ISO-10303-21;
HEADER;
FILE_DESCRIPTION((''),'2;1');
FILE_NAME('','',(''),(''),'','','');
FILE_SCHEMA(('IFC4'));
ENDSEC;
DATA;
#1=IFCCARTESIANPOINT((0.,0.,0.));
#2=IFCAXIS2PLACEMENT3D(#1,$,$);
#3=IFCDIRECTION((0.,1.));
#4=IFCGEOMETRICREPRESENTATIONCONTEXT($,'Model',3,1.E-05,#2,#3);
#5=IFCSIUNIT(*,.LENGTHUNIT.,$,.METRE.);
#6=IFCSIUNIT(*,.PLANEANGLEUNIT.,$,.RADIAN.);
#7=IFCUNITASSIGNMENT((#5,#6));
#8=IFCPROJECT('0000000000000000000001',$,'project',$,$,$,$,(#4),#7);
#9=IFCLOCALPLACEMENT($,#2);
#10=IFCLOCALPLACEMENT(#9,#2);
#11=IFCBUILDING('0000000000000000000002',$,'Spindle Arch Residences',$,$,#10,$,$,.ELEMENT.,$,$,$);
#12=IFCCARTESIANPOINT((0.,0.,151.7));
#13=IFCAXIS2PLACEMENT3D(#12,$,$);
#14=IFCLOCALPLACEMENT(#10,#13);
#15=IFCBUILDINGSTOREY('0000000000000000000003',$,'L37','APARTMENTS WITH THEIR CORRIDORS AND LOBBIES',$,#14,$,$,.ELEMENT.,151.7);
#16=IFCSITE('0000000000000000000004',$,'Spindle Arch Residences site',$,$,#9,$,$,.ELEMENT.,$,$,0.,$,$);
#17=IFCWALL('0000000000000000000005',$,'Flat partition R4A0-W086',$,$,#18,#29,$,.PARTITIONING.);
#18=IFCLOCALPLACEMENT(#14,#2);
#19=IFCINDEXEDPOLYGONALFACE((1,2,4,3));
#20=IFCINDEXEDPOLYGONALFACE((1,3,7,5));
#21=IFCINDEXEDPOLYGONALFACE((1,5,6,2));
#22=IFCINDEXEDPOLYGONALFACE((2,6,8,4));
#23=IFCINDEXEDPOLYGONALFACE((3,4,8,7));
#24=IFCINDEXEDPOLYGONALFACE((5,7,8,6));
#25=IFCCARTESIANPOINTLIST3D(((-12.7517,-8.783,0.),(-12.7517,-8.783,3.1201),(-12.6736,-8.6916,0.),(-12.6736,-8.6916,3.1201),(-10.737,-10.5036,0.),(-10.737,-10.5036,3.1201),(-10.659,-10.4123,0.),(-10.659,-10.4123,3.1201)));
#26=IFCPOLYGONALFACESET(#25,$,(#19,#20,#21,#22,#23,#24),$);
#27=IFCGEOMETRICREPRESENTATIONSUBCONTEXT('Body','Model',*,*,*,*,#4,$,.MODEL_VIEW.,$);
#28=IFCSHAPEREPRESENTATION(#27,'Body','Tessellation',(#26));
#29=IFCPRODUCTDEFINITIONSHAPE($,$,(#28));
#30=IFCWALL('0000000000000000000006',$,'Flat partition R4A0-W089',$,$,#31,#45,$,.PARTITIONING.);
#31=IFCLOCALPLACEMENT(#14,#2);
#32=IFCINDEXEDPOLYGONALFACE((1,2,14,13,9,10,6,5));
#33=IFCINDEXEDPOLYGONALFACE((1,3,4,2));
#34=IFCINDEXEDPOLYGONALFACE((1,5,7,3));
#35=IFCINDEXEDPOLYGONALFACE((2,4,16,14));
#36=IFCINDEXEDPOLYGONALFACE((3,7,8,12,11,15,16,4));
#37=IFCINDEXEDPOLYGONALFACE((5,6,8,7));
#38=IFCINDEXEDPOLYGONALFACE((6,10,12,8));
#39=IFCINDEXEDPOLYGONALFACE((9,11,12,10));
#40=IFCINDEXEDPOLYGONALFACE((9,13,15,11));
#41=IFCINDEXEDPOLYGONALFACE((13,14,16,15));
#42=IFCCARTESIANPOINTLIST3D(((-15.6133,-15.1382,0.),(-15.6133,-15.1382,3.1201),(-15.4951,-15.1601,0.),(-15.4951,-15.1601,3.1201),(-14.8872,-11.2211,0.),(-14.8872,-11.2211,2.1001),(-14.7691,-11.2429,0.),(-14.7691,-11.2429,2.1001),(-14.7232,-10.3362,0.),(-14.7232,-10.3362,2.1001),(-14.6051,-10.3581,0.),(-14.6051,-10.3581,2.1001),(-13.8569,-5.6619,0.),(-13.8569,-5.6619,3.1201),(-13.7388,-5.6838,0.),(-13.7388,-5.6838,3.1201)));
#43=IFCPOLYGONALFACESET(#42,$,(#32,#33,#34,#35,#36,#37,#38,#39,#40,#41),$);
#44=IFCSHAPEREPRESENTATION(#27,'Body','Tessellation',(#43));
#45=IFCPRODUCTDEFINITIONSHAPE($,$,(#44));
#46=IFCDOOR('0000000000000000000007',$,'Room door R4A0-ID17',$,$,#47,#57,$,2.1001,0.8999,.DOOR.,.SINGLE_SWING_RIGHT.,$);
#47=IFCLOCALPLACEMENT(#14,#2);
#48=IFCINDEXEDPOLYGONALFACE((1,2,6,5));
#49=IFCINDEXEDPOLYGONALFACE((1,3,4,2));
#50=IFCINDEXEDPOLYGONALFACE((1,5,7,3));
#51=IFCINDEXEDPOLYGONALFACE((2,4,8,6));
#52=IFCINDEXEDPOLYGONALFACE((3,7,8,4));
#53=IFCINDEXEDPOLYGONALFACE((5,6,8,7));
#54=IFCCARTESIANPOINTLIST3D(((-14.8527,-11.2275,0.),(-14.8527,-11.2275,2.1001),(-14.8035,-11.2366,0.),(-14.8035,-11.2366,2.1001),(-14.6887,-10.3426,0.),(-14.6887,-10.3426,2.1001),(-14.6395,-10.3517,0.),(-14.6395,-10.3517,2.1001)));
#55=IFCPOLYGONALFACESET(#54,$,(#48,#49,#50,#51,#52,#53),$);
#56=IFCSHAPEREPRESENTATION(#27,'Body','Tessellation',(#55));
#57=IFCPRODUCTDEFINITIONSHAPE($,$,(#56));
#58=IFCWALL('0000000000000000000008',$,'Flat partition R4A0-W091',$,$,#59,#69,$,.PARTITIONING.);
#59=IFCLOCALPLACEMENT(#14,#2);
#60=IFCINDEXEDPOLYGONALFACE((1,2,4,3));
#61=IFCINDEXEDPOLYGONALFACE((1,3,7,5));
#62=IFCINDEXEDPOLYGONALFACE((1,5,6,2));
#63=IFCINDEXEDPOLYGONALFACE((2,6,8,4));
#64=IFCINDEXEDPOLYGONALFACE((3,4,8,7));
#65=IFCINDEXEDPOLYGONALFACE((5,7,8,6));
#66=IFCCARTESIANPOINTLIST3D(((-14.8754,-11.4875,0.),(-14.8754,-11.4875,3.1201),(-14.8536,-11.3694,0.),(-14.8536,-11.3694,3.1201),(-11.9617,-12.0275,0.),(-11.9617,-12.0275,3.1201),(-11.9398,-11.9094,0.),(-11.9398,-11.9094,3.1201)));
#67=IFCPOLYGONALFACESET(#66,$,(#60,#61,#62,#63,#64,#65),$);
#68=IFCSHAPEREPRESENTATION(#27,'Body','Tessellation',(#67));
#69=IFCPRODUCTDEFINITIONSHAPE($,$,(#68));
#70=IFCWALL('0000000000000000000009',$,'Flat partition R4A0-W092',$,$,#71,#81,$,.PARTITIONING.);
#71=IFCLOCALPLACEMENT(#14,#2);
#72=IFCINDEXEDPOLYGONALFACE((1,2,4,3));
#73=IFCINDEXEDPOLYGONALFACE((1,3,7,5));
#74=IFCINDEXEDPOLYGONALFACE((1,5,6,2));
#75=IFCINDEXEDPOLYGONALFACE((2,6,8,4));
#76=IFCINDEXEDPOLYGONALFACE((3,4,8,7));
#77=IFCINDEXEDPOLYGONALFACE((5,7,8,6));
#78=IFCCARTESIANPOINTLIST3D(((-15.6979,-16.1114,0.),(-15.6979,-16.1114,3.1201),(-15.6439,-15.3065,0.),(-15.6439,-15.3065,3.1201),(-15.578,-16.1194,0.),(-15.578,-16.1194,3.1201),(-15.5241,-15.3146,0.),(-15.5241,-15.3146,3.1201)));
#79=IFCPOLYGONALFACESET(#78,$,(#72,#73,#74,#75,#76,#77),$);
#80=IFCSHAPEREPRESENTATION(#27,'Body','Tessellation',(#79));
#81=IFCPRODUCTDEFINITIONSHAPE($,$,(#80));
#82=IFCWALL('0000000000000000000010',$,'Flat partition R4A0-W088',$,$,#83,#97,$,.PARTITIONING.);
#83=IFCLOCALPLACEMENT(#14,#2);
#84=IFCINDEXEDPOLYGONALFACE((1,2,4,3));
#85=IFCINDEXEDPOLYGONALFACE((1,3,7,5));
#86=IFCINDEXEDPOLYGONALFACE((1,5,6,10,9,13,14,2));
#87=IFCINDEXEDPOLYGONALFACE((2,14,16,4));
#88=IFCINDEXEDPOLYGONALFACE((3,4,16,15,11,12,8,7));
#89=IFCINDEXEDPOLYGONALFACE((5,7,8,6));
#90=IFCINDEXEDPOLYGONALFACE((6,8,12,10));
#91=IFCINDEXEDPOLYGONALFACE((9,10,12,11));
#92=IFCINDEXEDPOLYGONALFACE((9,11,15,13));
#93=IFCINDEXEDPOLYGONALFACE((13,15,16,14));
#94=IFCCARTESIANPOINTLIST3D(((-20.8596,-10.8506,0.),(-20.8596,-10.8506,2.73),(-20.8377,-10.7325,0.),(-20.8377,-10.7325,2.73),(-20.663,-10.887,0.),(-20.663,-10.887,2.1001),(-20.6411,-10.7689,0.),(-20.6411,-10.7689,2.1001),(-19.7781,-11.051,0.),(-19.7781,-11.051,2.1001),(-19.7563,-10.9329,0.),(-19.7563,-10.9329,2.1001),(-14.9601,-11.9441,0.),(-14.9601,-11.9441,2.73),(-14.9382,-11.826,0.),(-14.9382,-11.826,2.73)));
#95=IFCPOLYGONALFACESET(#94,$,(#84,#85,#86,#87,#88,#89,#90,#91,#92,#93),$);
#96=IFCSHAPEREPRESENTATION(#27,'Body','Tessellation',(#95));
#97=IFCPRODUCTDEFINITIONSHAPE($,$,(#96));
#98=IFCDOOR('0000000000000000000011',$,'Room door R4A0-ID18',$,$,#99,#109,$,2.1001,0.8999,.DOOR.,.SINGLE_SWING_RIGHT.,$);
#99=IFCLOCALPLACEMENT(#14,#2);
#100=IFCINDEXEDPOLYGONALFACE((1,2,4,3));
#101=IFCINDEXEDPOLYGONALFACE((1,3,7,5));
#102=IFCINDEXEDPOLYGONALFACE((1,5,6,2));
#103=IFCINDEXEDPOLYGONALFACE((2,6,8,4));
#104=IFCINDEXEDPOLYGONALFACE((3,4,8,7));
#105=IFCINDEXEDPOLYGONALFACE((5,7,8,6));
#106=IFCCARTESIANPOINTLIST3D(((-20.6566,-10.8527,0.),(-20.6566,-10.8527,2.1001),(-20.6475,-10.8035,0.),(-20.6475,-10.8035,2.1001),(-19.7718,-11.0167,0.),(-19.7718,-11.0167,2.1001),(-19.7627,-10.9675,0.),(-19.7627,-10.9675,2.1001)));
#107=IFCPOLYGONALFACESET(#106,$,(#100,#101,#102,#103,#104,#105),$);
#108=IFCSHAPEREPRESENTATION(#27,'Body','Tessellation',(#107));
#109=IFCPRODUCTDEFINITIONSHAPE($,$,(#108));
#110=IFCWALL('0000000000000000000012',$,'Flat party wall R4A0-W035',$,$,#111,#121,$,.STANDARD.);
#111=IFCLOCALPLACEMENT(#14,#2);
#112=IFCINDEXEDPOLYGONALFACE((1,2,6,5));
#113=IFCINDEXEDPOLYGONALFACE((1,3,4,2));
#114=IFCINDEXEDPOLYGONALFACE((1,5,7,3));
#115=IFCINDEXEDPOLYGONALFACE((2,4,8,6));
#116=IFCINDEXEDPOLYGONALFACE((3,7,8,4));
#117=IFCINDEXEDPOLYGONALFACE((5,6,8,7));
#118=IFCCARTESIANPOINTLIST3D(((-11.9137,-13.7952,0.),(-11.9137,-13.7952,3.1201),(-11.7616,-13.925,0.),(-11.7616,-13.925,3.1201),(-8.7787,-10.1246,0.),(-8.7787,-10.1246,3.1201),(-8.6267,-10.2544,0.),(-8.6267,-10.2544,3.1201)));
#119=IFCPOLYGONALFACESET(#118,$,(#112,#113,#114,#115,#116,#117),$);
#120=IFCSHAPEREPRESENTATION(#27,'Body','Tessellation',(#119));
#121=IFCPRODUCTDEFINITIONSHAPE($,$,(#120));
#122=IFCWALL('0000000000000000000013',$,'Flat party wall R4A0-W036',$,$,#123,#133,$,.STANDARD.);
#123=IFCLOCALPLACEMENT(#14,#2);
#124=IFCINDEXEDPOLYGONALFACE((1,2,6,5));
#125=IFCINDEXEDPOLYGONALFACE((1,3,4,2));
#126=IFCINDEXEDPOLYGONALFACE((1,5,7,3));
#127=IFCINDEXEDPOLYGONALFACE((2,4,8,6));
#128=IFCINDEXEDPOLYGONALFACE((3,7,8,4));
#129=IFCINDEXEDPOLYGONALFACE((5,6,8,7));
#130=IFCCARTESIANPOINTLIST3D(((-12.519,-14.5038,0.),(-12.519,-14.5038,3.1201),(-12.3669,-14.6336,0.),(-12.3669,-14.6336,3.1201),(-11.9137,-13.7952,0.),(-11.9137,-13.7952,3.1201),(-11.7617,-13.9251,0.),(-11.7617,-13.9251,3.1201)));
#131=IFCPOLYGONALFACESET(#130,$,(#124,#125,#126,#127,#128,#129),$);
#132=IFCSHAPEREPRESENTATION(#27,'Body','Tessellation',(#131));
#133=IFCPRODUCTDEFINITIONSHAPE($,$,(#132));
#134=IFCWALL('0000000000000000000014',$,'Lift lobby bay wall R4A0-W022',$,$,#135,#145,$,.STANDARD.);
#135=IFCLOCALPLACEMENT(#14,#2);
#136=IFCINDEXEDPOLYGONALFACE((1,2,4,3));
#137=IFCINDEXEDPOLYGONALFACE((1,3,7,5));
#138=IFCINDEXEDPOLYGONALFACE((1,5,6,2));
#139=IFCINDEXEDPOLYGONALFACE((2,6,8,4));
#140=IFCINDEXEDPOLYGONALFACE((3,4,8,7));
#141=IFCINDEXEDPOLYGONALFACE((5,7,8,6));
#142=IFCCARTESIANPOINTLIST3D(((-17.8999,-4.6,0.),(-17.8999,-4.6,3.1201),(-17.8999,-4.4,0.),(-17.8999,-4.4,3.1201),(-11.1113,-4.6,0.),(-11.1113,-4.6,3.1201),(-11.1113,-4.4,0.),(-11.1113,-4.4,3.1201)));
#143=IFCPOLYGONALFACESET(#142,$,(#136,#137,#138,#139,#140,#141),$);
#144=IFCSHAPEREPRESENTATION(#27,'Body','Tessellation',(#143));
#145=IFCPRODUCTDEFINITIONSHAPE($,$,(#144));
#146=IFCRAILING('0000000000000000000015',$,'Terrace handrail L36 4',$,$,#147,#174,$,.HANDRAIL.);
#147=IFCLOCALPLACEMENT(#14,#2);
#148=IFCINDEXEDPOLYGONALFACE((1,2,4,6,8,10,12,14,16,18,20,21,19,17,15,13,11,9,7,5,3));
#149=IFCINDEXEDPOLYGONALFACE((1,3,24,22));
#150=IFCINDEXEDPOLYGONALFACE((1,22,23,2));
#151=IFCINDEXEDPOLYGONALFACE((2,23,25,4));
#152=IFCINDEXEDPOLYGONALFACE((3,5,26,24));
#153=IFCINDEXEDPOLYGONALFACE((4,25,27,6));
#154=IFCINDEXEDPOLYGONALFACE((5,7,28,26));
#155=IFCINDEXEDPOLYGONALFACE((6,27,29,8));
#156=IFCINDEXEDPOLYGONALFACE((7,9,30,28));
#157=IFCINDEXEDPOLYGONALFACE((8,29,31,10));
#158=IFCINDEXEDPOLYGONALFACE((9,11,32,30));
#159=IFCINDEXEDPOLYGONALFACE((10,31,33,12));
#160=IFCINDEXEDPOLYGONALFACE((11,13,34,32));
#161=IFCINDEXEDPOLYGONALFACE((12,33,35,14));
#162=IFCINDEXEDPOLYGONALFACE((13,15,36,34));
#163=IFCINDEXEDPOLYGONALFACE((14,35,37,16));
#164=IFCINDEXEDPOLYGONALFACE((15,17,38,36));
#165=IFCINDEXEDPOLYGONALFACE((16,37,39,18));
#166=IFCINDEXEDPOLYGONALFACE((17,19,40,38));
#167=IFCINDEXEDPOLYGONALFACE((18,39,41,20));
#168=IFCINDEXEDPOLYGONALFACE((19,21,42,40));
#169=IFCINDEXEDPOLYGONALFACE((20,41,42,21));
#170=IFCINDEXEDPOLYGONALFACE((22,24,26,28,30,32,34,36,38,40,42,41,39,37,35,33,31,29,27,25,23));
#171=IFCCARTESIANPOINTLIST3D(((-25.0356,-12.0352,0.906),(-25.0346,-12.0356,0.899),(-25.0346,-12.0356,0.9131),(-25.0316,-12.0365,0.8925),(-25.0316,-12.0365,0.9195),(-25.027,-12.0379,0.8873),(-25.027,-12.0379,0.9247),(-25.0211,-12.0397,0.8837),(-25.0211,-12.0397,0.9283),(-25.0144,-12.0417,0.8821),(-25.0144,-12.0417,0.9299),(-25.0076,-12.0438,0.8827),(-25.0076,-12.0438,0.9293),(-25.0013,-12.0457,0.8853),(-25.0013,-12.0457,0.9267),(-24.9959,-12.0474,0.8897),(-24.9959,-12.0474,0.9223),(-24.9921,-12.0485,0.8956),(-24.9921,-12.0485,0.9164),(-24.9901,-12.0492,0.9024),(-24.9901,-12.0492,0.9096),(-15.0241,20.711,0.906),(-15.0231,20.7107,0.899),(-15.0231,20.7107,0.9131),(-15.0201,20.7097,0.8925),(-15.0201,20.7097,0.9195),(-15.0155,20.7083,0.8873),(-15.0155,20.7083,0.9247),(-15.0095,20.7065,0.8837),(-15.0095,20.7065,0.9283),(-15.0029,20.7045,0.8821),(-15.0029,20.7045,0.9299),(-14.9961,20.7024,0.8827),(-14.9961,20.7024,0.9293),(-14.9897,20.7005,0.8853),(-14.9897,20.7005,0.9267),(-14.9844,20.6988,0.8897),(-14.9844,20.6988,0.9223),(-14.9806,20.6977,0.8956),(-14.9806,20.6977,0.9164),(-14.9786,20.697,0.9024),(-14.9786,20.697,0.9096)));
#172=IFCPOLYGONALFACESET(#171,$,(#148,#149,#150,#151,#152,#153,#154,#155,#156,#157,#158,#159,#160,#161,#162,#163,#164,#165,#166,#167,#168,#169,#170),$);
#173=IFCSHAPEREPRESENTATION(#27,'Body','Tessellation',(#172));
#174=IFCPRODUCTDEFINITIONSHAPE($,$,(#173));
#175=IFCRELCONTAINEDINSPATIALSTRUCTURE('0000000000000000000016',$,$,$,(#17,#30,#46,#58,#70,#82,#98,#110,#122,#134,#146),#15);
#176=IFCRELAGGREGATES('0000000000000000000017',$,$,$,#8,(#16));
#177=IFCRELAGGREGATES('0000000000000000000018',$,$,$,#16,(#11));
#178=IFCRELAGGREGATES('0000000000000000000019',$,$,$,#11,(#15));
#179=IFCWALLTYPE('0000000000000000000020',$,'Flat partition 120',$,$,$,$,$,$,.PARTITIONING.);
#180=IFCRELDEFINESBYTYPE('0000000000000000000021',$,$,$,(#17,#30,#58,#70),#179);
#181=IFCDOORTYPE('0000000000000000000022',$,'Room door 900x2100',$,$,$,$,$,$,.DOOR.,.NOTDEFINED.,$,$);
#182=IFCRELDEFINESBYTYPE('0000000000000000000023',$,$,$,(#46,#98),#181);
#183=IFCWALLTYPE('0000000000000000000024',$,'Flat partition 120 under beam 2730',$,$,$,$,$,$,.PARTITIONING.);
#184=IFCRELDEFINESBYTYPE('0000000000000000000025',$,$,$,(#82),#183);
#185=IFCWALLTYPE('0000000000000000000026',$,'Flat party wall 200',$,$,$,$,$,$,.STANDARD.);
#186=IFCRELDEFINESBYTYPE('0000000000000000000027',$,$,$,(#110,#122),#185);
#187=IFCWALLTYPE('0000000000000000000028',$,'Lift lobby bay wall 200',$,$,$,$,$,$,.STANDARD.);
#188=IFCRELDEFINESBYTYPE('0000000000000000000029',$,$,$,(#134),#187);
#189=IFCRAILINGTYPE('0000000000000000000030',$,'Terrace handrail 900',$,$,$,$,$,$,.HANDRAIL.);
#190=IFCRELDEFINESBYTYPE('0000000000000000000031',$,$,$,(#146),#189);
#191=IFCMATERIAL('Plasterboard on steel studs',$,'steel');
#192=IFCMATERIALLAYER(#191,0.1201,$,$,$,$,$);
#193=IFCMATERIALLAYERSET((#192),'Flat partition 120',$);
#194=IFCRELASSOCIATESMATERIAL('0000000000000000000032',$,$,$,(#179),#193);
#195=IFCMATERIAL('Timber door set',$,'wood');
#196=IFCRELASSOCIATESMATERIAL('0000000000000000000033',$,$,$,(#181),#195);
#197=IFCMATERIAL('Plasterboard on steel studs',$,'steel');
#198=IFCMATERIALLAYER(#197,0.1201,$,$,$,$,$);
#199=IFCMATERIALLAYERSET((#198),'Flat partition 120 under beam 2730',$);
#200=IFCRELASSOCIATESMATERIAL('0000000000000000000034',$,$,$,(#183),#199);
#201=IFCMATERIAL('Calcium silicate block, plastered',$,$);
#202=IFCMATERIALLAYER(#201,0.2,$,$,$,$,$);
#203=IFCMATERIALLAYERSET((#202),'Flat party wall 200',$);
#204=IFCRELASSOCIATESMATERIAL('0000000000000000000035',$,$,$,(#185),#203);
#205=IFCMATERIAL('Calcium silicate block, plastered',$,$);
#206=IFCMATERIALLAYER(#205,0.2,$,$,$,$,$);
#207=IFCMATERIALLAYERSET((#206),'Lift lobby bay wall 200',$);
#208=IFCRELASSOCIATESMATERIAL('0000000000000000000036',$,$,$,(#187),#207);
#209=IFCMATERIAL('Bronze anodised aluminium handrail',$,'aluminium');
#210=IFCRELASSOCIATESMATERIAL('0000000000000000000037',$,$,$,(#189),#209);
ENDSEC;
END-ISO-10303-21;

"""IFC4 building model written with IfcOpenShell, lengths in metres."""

from ifc_helpers import new_model, si_unit, direction, frame, frame_2d, origin, origin_2d, place, context, subcontext, project, spatial, rectangle, circle, extrude, material, layer, layer_set, type_object, element, fill, save


model = new_model("IFC4")

# Units and contexts
model_context = context("Model", 3, precision=1e-05, world=origin(), true_north=direction((0.0, 1.0)))
body_context = subcontext(model_context, "Body", "Model", "MODEL_VIEW")
ifc_project = project(units=[si_unit("LENGTHUNIT", "METRE"), si_unit("PLANEANGLEUNIT", "RADIAN")], contexts=[model_context])

# Site, building, storey
site_placement = place(None, origin())
site = spatial("IfcSite", under=ifc_project, at=site_placement, Name="Spindle Arch Residences site", CompositionType="ELEMENT", RefElevation=0.0)
building_placement = place(site_placement, origin())
building = spatial("IfcBuilding", under=site, at=building_placement, Name="Spindle Arch Residences", CompositionType="ELEMENT")
storey_placement = place(building_placement, frame((0.0, 0.0, 151.7)))
storey = spatial("IfcBuildingStorey", under=building, at=storey_placement, Name="L37", Description="APARTMENTS WITH THEIR CORRIDORS AND LOBBIES", CompositionType="ELEMENT", Elevation=151.7)

# Shared definitions
ifc_material_1 = material(Name="Plasterboard on steel studs", Category="steel")
ifc_layer_1 = layer(ifc_material_1, 0.1201)
ifc_layer_set_1 = layer_set([ifc_layer_1], Name="Flat partition 120")
wall_type_1 = type_object("IfcWallType", Name="Flat partition 120", PredefinedType="PARTITIONING", material=ifc_layer_set_1)
ifc_material_2 = material(Name="Timber door set", Category="wood")
door_type = type_object("IfcDoorType", Name="Room door 900x2100", OperationType="NOTDEFINED", PredefinedType="DOOR", material=ifc_material_2)

# Wall
wall_1_placement = place(storey_placement, frame((-12.7126, -8.7373, 0.0), z_axis=(0.0, 0.0, 1.0), x_axis=(0.7604, -0.649455, 0.0)))
element("IfcWall", 1, at=wall_1_placement, inside=storey, type_object=wall_type_1, Name="Flat partition R4A0-W086", PredefinedType="PARTITIONING", context=body_context, shape_type="SweptSolid", body=[
    extrude(rectangle(XDim=2.6494, YDim=0.1201, at=frame_2d((1.3247, 0.0))), origin(), (0.0, 0.0, 1.0), 3.1201),
])

# Wall, opening, door
wall_2_placement = place(storey_placement, frame((-15.5542, -15.1492, 0.0), z_axis=(0.0, 0.0, 1.0), x_axis=(0.182237, 0.983255, 0.0)))
wall_2 = element("IfcWall", 2, at=wall_2_placement, inside=storey, type_object=wall_type_1, Name="Flat partition R4A0-W089", PredefinedType="PARTITIONING", context=body_context, shape_type="SweptSolid", body=[
    extrude(rectangle(XDim=9.6377, YDim=0.1201, at=frame_2d((4.8188, 0.0))), origin(), (0.0, 0.0, 1.0), 3.1201),
])
opening_1_placement = place(wall_2_placement, frame((3.9839, 0.0, 0.0)))
opening_1 = element("IfcOpeningElement", 3, at=opening_1_placement, cuts=wall_2, PredefinedType="OPENING", context=body_context, shape_type="SweptSolid", body=[
    extrude(rectangle(XDim=0.8999, YDim=2.1001, at=frame_2d((0.45, 1.05))), frame((0.0, 0.0701, 0.0), z_axis=(0.0, -1.0, 0.0), x_axis=(1.0, 0.0, 0.0)), (0.0, 0.0, 1.0), 0.1401),
])
door_1_placement = place(opening_1_placement, origin())
door_1 = element("IfcDoor", 4, at=door_1_placement, inside=storey, type_object=door_type, Name="Room door R4A0-ID17", OperationType="SINGLE_SWING_RIGHT", OverallHeight=2.1001, OverallWidth=0.8999, PredefinedType="DOOR", context=body_context, shape_type="SweptSolid", body=[
    extrude(rectangle(XDim=0.8999, YDim=2.1001, at=frame_2d((0.45, 1.05))), frame((0.0, 0.0249, 0.0), z_axis=(0.0, -1.0, 0.0), x_axis=(1.0, 0.0, 0.0)), (0.0, 0.0, 1.0), 0.05),
])
fill(opening_1, door_1)

# Walls
wall_3_placement = place(storey_placement, frame((-14.8645, -11.4285, 0.0), z_axis=(0.0, 0.0, 1.0), x_axis=(0.983255, -0.182234, 0.0)))
element("IfcWall", 5, at=wall_3_placement, inside=storey, type_object=wall_type_1, Name="Flat partition R4A0-W091", PredefinedType="PARTITIONING", context=body_context, shape_type="SweptSolid", body=[
    extrude(rectangle(XDim=2.9634, YDim=0.1201, at=frame_2d((1.4817, 0.0))), origin(), (0.0, 0.0, 1.0), 3.1201),
])
wall_4_placement = place(storey_placement, frame((-15.584, -15.3105, 0.0), z_axis=(0.0, 0.0, 1.0), x_axis=(-0.066881, -0.997761, 0.0)))
element("IfcWall", 6, at=wall_4_placement, inside=storey, type_object=wall_type_1, Name="Flat partition R4A0-W092", PredefinedType="PARTITIONING", context=body_context, shape_type="SweptSolid", body=[
    extrude(rectangle(XDim=0.8066, YDim=0.1201, at=frame_2d((0.4033, 0.0))), origin(), (0.0, 0.0, 1.0), 3.1201),
])

# Wall, opening, door
ifc_material_3 = material(Name="Plasterboard on steel studs", Category="steel")
ifc_layer_2 = layer(ifc_material_3, 0.1201)
ifc_layer_set_2 = layer_set([ifc_layer_2], Name="Flat partition 120 under beam 2730")
wall_type_2 = type_object("IfcWallType", Name="Flat partition 120 under beam 2730", PredefinedType="PARTITIONING", material=ifc_layer_set_2)
wall_5_placement = place(storey_placement, frame((-20.8486, -10.7915, 0.0), z_axis=(0.0, 0.0, 1.0), x_axis=(0.983252, -0.182254, 0.0)))
wall_5 = element("IfcWall", 7, at=wall_5_placement, inside=storey, type_object=wall_type_2, Name="Flat partition R4A0-W088", PredefinedType="PARTITIONING", context=body_context, shape_type="SweptSolid", body=[
    extrude(rectangle(XDim=6.0, YDim=0.1201, at=frame_2d((3.0, 0.0))), origin(), (0.0, 0.0, 1.0), 2.73),
])
opening_2_placement = place(wall_5_placement, frame((0.2, 0.0, 0.0)))
opening_2 = element("IfcOpeningElement", 8, at=opening_2_placement, cuts=wall_5, PredefinedType="OPENING", context=body_context, shape_type="SweptSolid", body=[
    extrude(rectangle(XDim=0.8999, YDim=2.1001, at=frame_2d((0.45, 1.05))), frame((0.0, 0.0701, 0.0), z_axis=(0.0, -1.0, 0.0), x_axis=(1.0, 0.0, 0.0)), (0.0, 0.0, 1.0), 0.1401),
])
door_2_placement = place(opening_2_placement, origin())
door_2 = element("IfcDoor", 9, at=door_2_placement, inside=storey, type_object=door_type, Name="Room door R4A0-ID18", OperationType="SINGLE_SWING_RIGHT", OverallHeight=2.1001, OverallWidth=0.8999, PredefinedType="DOOR", context=body_context, shape_type="SweptSolid", body=[
    extrude(rectangle(XDim=0.8999, YDim=2.1001, at=frame_2d((0.45, 1.05))), frame((0.0, 0.0249, 0.0), z_axis=(0.0, -1.0, 0.0), x_axis=(1.0, 0.0, 0.0)), (0.0, 0.0, 1.0), 0.05),
])
fill(opening_2, door_2)

# Walls
ifc_material_4 = material(Name="Calcium silicate block, plastered")
ifc_layer_3 = layer(ifc_material_4, 0.2)
ifc_layer_set_3 = layer_set([ifc_layer_3], Name="Flat party wall 200")
wall_type_3 = type_object("IfcWallType", Name="Flat party wall 200", PredefinedType="STANDARD", material=ifc_layer_set_3)
wall_6_placement = place(storey_placement, frame((-11.8376, -13.8601, 0.0), z_axis=(0.0, 0.0, 1.0), x_axis=(0.649445, 0.760409, 0.0)))
element("IfcWall", 10, at=wall_6_placement, inside=storey, type_object=wall_type_3, Name="Flat party wall R4A0-W035", PredefinedType="STANDARD", context=body_context, shape_type="SweptSolid", body=[
    extrude(rectangle(XDim=4.8271, YDim=0.2, at=frame_2d((2.4136, 0.0))), origin(), (0.0, 0.0, 1.0), 3.1201),
])
wall_7_placement = place(storey_placement, frame((-12.4429, -14.5686, 0.0), z_axis=(0.0, 0.0, 1.0), x_axis=(0.649517, 0.760347, 0.0)))
element("IfcWall", 11, at=wall_7_placement, inside=storey, type_object=wall_type_3, Name="Flat party wall R4A0-W036", PredefinedType="STANDARD", context=body_context, shape_type="SweptSolid", body=[
    extrude(rectangle(XDim=0.9319, YDim=0.2, at=frame_2d((0.4658, 0.0))), origin(), (0.0, 0.0, 1.0), 3.1201),
])
ifc_material_5 = material(Name="Calcium silicate block, plastered")
ifc_layer_4 = layer(ifc_material_5, 0.2)
ifc_layer_set_4 = layer_set([ifc_layer_4], Name="Lift lobby bay wall 200")
wall_type_4 = type_object("IfcWallType", Name="Lift lobby bay wall 200", PredefinedType="STANDARD", material=ifc_layer_set_4)
wall_8_placement = place(storey_placement, frame((-17.8999, -4.5, 0.0), z_axis=(0.0, 0.0, 1.0), x_axis=(1.0, 0.0, 0.0)))
element("IfcWall", 12, at=wall_8_placement, inside=storey, type_object=wall_type_4, Name="Lift lobby bay wall R4A0-W022", PredefinedType="STANDARD", context=body_context, shape_type="SweptSolid", body=[
    extrude(rectangle(XDim=6.7886, YDim=0.2, at=frame_2d((3.3943, 0.0))), origin(), (0.0, 0.0, 1.0), 3.1201),
])

# Railing
ifc_material_6 = material(Name="Bronze anodised aluminium handrail", Category="aluminium")
railing_type_1 = type_object("IfcRailingType", Name="Terrace handrail 900", PredefinedType="HANDRAIL", material=ifc_material_6)
railing_1_placement = place(storey_placement, frame((-25.0127, -12.0422, 0.03)))
element("IfcRailing", 13, at=railing_1_placement, inside=storey, type_object=railing_type_1, Name="Terrace handrail L36 4", PredefinedType="HANDRAIL", context=body_context, shape_type="SweptSolid", body=[
    extrude(circle(Radius=0.0239, at=origin_2d()), frame((0.0, 0.0, 0.876), z_axis=(0.292371, 0.956305, 0.0), x_axis=(-0.956305, 0.292371, 0.0)), (0.0, 0.0, 1.0), 34.2424),
])

save(model, "model.ifc")
